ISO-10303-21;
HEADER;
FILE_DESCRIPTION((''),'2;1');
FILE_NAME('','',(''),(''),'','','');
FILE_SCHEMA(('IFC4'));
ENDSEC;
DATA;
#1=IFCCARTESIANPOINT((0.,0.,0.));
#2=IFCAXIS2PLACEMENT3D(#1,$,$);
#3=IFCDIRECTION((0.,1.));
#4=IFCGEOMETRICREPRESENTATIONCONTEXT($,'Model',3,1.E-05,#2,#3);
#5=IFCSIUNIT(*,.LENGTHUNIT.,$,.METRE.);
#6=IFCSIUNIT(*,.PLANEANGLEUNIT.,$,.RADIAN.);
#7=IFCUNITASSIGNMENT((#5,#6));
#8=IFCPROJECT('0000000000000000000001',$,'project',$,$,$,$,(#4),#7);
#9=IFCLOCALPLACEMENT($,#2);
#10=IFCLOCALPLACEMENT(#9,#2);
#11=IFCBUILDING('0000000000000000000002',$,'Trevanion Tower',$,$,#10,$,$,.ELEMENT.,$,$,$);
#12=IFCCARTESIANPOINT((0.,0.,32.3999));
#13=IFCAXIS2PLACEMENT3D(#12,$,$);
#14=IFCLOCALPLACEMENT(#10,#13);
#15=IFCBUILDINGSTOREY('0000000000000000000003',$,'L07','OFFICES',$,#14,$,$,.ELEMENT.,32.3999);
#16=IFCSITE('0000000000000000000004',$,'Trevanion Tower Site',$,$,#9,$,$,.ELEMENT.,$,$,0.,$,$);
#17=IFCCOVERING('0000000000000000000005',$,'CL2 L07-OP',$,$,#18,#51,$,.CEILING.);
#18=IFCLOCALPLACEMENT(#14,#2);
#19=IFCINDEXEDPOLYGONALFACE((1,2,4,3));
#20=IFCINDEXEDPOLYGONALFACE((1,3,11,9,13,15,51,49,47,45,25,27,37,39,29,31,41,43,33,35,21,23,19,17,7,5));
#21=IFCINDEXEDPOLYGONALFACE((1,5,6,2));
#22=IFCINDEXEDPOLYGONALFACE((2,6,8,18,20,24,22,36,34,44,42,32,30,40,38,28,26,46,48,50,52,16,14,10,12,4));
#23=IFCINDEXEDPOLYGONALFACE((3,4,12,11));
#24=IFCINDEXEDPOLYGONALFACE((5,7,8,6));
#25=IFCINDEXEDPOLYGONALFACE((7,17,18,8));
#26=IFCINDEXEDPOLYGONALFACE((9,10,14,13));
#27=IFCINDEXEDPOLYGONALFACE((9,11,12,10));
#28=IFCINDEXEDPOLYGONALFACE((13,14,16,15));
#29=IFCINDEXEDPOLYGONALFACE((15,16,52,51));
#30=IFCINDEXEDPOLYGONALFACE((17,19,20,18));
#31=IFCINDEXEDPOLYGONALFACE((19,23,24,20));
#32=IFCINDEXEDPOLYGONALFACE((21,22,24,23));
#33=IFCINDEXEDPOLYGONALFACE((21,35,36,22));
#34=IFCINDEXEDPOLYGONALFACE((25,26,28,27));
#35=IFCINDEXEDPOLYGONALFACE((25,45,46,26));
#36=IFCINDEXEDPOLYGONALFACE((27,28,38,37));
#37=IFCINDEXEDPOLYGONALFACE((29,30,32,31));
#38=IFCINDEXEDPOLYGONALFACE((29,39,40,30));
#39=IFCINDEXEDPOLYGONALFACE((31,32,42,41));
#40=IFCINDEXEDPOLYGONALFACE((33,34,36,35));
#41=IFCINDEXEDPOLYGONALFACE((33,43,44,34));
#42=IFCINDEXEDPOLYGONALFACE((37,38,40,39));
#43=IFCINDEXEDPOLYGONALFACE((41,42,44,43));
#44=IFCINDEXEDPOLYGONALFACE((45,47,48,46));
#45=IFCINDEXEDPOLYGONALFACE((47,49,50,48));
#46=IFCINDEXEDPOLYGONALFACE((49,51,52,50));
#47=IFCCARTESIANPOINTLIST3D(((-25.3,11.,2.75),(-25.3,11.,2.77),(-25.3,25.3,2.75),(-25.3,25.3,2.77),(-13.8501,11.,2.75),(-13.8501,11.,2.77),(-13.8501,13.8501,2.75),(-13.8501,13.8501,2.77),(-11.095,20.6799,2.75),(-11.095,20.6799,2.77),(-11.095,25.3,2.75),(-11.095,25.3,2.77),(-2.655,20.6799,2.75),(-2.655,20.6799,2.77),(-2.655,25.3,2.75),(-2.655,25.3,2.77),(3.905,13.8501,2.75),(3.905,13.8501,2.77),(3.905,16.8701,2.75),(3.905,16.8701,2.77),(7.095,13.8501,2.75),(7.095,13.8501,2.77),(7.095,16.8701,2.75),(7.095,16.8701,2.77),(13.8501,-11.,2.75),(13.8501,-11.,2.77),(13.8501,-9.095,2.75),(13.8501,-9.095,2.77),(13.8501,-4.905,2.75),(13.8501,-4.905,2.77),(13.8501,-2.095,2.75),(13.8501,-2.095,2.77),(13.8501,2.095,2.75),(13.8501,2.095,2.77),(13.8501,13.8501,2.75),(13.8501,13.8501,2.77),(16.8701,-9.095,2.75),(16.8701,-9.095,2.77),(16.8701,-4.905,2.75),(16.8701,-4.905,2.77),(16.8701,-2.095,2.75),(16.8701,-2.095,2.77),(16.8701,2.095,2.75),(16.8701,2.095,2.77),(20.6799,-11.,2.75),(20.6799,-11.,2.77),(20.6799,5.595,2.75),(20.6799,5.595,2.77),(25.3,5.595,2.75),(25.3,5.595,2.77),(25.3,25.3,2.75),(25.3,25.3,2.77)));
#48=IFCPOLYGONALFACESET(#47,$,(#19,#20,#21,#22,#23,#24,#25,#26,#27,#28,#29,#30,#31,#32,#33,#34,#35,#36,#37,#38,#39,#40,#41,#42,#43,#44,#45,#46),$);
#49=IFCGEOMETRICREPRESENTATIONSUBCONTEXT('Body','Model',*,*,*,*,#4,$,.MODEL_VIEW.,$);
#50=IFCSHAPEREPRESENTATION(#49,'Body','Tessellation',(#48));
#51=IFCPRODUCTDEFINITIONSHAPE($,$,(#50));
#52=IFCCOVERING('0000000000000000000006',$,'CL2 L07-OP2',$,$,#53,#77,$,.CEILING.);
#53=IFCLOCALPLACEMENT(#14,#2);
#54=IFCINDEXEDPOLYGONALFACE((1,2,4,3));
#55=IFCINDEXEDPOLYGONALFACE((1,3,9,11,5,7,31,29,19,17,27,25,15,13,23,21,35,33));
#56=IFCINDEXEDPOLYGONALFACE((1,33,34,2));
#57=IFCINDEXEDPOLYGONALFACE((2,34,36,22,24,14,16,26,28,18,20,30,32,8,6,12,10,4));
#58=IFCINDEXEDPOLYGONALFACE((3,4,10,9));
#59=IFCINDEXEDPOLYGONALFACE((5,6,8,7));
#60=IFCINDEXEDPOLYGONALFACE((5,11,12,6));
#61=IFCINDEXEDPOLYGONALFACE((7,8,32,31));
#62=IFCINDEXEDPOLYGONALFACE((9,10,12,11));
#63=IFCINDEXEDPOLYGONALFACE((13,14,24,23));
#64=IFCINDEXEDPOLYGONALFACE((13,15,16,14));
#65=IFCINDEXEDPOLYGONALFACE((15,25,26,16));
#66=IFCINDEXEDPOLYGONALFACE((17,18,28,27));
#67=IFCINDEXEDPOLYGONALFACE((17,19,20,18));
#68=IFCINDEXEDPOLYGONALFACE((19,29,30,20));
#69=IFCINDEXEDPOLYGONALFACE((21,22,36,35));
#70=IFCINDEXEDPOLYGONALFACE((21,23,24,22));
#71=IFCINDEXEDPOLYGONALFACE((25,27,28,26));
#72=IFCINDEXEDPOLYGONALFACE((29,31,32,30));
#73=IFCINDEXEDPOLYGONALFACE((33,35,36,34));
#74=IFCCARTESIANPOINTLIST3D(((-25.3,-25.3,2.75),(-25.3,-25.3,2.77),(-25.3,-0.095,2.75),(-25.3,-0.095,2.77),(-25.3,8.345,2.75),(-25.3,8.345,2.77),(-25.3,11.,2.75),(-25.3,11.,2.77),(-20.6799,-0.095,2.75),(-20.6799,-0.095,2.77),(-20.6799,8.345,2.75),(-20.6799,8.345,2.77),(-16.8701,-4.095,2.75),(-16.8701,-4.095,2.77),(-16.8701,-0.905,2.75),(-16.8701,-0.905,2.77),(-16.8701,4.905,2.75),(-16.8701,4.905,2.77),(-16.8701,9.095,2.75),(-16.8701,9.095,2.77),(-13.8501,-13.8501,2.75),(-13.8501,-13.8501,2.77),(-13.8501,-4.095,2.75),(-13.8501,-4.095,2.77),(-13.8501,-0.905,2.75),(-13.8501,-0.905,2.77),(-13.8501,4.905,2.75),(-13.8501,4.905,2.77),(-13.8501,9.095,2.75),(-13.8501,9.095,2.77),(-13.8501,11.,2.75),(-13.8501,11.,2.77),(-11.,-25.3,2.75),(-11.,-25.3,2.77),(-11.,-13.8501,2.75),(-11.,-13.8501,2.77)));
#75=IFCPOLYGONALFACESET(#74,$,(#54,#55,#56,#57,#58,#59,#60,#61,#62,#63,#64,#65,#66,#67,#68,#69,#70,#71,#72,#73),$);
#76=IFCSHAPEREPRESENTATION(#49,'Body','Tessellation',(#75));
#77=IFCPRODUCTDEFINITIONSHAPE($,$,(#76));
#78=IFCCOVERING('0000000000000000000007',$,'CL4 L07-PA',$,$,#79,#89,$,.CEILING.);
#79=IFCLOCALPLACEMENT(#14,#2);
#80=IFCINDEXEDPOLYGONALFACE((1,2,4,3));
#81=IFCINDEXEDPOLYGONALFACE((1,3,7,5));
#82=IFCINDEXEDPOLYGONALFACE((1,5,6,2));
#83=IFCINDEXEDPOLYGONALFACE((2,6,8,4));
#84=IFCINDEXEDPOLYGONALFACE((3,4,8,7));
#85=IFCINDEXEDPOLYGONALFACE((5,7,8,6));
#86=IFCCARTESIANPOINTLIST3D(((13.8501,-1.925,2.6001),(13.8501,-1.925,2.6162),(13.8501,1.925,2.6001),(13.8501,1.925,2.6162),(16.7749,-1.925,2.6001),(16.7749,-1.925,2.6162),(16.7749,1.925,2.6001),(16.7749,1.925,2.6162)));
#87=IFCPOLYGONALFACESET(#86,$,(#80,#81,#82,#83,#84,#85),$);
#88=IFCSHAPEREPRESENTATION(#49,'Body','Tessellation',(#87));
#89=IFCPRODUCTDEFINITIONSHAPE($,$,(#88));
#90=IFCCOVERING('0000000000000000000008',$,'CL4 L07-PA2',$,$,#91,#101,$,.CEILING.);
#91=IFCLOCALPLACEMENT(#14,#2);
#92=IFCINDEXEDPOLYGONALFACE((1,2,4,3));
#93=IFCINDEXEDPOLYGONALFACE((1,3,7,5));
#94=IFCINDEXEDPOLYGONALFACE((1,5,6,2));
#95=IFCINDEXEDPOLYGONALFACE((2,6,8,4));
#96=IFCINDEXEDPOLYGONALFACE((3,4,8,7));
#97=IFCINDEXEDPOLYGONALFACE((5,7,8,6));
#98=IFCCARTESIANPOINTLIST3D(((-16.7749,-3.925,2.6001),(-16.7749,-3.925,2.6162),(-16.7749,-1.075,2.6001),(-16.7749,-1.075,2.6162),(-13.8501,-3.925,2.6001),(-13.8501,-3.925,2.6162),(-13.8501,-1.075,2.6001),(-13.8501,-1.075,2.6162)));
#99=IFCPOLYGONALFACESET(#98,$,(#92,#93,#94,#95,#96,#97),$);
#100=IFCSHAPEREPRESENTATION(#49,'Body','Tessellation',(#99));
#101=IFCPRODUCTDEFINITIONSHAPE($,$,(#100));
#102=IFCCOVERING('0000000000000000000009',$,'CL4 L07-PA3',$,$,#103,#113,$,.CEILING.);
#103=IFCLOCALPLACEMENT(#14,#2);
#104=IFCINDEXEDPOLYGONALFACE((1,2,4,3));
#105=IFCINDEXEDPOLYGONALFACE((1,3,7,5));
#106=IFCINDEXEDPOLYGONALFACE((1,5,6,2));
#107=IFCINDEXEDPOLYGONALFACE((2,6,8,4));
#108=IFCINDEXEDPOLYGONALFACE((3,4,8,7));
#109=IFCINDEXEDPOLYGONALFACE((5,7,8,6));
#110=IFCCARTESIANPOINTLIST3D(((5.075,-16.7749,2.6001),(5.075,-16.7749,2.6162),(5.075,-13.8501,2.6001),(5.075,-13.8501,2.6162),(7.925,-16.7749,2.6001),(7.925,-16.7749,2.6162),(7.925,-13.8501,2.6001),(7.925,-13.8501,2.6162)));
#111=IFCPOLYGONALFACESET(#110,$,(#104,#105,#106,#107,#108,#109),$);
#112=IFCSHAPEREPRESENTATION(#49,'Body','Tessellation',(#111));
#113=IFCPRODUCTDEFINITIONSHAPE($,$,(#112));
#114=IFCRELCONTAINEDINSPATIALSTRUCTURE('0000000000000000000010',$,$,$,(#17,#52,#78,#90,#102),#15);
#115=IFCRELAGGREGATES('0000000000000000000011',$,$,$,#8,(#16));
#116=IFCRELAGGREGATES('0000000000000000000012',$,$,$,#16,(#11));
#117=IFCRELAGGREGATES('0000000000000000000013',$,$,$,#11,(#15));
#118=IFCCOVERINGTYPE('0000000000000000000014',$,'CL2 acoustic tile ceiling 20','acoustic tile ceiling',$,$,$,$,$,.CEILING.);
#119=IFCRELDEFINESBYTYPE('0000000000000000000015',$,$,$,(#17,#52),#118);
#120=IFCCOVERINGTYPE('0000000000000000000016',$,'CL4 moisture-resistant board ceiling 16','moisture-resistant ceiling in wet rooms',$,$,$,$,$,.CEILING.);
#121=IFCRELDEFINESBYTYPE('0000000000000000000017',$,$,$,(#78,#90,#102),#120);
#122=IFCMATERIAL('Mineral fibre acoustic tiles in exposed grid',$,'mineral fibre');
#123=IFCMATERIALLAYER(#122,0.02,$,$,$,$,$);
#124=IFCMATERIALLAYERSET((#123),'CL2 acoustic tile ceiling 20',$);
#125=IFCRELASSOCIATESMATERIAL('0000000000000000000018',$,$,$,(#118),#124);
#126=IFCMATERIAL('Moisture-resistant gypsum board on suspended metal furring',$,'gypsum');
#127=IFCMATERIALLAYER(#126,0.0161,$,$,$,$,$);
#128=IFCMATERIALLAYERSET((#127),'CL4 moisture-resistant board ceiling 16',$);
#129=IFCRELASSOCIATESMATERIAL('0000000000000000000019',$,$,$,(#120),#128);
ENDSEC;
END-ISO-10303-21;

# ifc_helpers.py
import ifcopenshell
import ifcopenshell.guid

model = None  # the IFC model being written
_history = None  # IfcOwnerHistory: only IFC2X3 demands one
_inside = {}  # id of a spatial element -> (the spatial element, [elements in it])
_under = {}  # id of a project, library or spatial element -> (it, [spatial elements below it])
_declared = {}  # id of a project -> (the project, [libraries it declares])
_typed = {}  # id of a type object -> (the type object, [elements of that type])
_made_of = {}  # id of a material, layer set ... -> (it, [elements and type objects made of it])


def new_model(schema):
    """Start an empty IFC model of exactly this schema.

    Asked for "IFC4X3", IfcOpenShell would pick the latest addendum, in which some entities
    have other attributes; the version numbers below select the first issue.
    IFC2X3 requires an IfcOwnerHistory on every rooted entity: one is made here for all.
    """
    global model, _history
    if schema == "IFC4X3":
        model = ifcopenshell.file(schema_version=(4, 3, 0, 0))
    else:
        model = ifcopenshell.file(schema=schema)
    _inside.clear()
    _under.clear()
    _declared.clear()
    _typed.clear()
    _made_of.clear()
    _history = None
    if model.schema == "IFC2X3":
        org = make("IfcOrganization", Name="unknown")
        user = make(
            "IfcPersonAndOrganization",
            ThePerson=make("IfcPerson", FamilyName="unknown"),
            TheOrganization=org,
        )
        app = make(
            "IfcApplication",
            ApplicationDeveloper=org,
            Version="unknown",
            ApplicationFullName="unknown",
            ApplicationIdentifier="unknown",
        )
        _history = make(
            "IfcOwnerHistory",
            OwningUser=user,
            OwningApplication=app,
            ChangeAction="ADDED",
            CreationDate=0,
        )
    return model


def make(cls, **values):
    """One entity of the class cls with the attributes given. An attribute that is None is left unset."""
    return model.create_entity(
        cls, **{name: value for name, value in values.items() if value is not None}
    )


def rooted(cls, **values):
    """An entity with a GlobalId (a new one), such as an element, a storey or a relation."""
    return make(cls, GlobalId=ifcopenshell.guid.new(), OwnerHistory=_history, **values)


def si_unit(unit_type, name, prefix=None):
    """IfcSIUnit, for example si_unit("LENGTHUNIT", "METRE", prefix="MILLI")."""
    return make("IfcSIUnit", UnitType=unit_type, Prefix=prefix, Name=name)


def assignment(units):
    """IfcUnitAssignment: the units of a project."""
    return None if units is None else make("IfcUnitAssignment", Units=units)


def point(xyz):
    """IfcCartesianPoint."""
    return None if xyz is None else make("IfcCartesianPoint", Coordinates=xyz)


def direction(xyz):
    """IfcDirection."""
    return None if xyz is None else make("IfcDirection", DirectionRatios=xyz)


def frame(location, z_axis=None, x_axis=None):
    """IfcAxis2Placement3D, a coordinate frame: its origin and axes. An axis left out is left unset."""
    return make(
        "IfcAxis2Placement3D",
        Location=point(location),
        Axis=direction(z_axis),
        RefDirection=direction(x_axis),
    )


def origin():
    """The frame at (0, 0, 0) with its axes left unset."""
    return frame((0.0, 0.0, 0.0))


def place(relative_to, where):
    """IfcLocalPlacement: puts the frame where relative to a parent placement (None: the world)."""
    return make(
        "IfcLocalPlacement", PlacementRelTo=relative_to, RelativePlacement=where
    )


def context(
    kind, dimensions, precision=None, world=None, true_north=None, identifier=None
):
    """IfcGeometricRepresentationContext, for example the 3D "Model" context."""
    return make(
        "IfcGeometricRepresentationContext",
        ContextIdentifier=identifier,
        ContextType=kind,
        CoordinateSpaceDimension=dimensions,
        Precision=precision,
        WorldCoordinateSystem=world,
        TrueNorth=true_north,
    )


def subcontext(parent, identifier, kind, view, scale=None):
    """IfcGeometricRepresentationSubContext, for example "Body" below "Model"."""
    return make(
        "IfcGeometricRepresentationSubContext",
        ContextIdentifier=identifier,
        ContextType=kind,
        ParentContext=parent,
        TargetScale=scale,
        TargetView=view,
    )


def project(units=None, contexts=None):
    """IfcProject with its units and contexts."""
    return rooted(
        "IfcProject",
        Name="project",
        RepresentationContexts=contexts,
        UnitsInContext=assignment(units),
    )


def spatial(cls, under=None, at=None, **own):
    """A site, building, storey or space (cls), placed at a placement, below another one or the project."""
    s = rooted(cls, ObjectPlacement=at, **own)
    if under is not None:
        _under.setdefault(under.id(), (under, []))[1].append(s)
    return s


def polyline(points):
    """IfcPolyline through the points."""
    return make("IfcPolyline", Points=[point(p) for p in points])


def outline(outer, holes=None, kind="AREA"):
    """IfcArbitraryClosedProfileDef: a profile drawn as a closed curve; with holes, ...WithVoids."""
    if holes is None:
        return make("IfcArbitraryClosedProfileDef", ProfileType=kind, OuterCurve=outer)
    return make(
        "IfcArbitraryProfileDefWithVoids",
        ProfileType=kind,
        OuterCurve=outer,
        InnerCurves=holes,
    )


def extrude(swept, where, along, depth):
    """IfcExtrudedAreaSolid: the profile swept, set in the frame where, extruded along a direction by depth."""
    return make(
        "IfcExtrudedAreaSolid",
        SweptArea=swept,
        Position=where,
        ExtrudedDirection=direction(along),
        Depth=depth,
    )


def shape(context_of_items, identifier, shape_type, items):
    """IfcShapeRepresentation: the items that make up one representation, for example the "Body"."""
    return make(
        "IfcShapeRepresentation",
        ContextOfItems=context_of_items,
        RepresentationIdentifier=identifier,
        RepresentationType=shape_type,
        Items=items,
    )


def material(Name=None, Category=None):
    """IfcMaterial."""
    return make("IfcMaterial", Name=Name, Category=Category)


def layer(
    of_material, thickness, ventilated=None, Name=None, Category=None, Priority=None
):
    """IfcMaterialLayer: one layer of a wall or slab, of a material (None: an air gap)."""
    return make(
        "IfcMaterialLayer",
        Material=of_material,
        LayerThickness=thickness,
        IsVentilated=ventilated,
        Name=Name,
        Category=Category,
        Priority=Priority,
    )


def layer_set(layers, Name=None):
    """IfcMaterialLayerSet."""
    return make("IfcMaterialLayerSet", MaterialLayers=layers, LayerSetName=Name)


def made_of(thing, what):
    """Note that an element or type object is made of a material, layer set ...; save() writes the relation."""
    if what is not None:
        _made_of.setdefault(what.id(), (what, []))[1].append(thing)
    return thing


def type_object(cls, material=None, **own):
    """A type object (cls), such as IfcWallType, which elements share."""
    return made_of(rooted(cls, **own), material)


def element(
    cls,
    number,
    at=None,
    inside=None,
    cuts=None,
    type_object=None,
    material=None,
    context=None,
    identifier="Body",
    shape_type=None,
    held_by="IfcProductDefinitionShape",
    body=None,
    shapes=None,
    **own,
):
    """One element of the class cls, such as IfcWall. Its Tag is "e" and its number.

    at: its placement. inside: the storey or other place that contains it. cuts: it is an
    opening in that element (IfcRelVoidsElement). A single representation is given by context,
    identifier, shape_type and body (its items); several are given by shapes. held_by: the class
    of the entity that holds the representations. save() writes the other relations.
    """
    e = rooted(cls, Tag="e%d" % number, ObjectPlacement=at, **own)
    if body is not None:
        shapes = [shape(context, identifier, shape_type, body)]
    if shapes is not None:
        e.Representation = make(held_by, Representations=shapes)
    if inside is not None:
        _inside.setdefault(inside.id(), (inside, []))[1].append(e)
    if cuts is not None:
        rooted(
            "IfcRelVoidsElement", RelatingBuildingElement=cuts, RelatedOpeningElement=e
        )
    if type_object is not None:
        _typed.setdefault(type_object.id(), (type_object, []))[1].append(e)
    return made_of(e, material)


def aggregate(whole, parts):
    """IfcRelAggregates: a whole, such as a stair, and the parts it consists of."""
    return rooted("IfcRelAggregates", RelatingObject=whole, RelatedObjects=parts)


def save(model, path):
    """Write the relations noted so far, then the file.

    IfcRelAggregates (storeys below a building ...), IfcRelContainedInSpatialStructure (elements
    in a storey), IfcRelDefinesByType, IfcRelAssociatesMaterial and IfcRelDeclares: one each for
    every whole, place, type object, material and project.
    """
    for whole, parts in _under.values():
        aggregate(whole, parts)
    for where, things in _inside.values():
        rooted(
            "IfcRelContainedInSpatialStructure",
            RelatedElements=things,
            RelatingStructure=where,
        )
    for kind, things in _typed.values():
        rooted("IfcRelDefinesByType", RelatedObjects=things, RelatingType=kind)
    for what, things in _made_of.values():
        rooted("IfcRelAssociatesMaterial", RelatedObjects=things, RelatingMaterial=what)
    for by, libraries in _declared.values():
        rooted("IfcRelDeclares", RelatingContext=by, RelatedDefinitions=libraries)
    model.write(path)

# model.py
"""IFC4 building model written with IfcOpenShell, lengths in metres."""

from ifc_helpers import new_model, si_unit, direction, frame, origin, place, context, subcontext, project, spatial, polyline, outline, extrude, material, layer, layer_set, type_object, element, save


model = new_model("IFC4")

# Units and contexts
model_context = context("Model", 3, precision=1e-05, world=origin(), true_north=direction((0.0, 1.0)))
body_context = subcontext(model_context, "Body", "Model", "MODEL_VIEW")
ifc_project = project(units=[si_unit("LENGTHUNIT", "METRE"), si_unit("PLANEANGLEUNIT", "RADIAN")], contexts=[model_context])

# Site, building, storey
site_placement = place(None, origin())
site = spatial("IfcSite", under=ifc_project, at=site_placement, Name="Trevanion Tower Site", CompositionType="ELEMENT", RefElevation=0.0)
building_placement = place(site_placement, origin())
building = spatial("IfcBuilding", under=site, at=building_placement, Name="Trevanion Tower", CompositionType="ELEMENT")
storey_placement = place(building_placement, frame((0.0, 0.0, 32.3999)))
storey = spatial("IfcBuildingStorey", under=building, at=storey_placement, Name="L07", Description="OFFICES", CompositionType="ELEMENT", Elevation=32.3999)

# Coverings
ifc_material_1 = material(Name="Mineral fibre acoustic tiles in exposed grid", Category="mineral fibre")
ifc_layer_1 = layer(ifc_material_1, 0.02)
ifc_layer_set_1 = layer_set([ifc_layer_1], Name="CL2 acoustic tile ceiling 20")
covering_type_1 = type_object("IfcCoveringType", Name="CL2 acoustic tile ceiling 20", Description="acoustic tile ceiling", PredefinedType="CEILING", material=ifc_layer_set_1)
covering_1_placement = place(storey_placement, frame((0.0, 0.0, 2.75)))
element("IfcCovering", 1, at=covering_1_placement, inside=storey, type_object=covering_type_1, Name="CL2 L07-OP", PredefinedType="CEILING", context=body_context, shape_type="SweptSolid", body=[
    extrude(outline(polyline([(13.8501, 13.8501), (7.095, 13.8501), (7.095, 16.8701), (3.905, 16.8701), (3.905, 13.8501), (-13.8501, 13.8501), (-13.8501, 11.0), (-25.3, 11.0), (-25.3, 25.3), (-11.095, 25.3), (-11.095, 20.6799), (-2.655, 20.6799), (-2.655, 25.3), (25.3, 25.3), (25.3, 5.595), (20.6799, 5.595), (20.6799, -11.0), (13.8501, -11.0), (13.8501, -9.095), (16.8701, -9.095), (16.8701, -4.905), (13.8501, -4.905), (13.8501, -2.095), (16.8701, -2.095), (16.8701, 2.095), (13.8501, 2.095), (13.8501, 13.8501)])), origin(), (0.0, 0.0, 1.0), 0.02),
])
covering_2_placement = place(storey_placement, frame((0.0, 0.0, 2.75)))
element("IfcCovering", 2, at=covering_2_placement, inside=storey, type_object=covering_type_1, Name="CL2 L07-OP2", PredefinedType="CEILING", context=body_context, shape_type="SweptSolid", body=[
    extrude(outline(polyline([(-13.8501, 9.095), (-16.8701, 9.095), (-16.8701, 4.905), (-13.8501, 4.905), (-13.8501, -0.905), (-16.8701, -0.905), (-16.8701, -4.095), (-13.8501, -4.095), (-13.8501, -13.8501), (-11.0, -13.8501), (-11.0, -25.3), (-25.3, -25.3), (-25.3, -0.095), (-20.6799, -0.095), (-20.6799, 8.345), (-25.3, 8.345), (-25.3, 11.0), (-13.8501, 11.0), (-13.8501, 9.095)])), origin(), (0.0, 0.0, 1.0), 0.02),
])
ifc_material_2 = material(Name="Moisture-resistant gypsum board on suspended metal furring", Category="gypsum")
ifc_layer_2 = layer(ifc_material_2, 0.0161)
ifc_layer_set_2 = layer_set([ifc_layer_2], Name="CL4 moisture-resistant board ceiling 16")
covering_type_2 = type_object("IfcCoveringType", Name="CL4 moisture-resistant board ceiling 16", Description="moisture-resistant ceiling in wet rooms", PredefinedType="CEILING", material=ifc_layer_set_2)
covering_3_placement = place(storey_placement, frame((0.0, 0.0, 2.6001)))
element("IfcCovering", 3, at=covering_3_placement, inside=storey, type_object=covering_type_2, Name="CL4 L07-PA", PredefinedType="CEILING", context=body_context, shape_type="SweptSolid", body=[
    extrude(outline(polyline([(13.8501, -1.925), (13.8501, 1.925), (16.7749, 1.925), (16.7749, -1.925), (13.8501, -1.925)])), origin(), (0.0, 0.0, 1.0), 0.0161),
])
covering_4_placement = place(storey_placement, frame((0.0, 0.0, 2.6001)))
element("IfcCovering", 4, at=covering_4_placement, inside=storey, type_object=covering_type_2, Name="CL4 L07-PA2", PredefinedType="CEILING", context=body_context, shape_type="SweptSolid", body=[
    extrude(outline(polyline([(-13.8501, -1.075), (-13.8501, -3.925), (-16.7749, -3.925), (-16.7749, -1.075), (-13.8501, -1.075)])), origin(), (0.0, 0.0, 1.0), 0.0161),
])
covering_5_placement = place(storey_placement, frame((0.0, 0.0, 2.6001)))
element("IfcCovering", 5, at=covering_5_placement, inside=storey, type_object=covering_type_2, Name="CL4 L07-PA3", PredefinedType="CEILING", context=body_context, shape_type="SweptSolid", body=[
    extrude(outline(polyline([(5.075, -13.8501), (7.925, -13.8501), (7.925, -16.7749), (5.075, -16.7749), (5.075, -13.8501)])), origin(), (0.0, 0.0, 1.0), 0.0161),
])

save(model, "model.ifc")
